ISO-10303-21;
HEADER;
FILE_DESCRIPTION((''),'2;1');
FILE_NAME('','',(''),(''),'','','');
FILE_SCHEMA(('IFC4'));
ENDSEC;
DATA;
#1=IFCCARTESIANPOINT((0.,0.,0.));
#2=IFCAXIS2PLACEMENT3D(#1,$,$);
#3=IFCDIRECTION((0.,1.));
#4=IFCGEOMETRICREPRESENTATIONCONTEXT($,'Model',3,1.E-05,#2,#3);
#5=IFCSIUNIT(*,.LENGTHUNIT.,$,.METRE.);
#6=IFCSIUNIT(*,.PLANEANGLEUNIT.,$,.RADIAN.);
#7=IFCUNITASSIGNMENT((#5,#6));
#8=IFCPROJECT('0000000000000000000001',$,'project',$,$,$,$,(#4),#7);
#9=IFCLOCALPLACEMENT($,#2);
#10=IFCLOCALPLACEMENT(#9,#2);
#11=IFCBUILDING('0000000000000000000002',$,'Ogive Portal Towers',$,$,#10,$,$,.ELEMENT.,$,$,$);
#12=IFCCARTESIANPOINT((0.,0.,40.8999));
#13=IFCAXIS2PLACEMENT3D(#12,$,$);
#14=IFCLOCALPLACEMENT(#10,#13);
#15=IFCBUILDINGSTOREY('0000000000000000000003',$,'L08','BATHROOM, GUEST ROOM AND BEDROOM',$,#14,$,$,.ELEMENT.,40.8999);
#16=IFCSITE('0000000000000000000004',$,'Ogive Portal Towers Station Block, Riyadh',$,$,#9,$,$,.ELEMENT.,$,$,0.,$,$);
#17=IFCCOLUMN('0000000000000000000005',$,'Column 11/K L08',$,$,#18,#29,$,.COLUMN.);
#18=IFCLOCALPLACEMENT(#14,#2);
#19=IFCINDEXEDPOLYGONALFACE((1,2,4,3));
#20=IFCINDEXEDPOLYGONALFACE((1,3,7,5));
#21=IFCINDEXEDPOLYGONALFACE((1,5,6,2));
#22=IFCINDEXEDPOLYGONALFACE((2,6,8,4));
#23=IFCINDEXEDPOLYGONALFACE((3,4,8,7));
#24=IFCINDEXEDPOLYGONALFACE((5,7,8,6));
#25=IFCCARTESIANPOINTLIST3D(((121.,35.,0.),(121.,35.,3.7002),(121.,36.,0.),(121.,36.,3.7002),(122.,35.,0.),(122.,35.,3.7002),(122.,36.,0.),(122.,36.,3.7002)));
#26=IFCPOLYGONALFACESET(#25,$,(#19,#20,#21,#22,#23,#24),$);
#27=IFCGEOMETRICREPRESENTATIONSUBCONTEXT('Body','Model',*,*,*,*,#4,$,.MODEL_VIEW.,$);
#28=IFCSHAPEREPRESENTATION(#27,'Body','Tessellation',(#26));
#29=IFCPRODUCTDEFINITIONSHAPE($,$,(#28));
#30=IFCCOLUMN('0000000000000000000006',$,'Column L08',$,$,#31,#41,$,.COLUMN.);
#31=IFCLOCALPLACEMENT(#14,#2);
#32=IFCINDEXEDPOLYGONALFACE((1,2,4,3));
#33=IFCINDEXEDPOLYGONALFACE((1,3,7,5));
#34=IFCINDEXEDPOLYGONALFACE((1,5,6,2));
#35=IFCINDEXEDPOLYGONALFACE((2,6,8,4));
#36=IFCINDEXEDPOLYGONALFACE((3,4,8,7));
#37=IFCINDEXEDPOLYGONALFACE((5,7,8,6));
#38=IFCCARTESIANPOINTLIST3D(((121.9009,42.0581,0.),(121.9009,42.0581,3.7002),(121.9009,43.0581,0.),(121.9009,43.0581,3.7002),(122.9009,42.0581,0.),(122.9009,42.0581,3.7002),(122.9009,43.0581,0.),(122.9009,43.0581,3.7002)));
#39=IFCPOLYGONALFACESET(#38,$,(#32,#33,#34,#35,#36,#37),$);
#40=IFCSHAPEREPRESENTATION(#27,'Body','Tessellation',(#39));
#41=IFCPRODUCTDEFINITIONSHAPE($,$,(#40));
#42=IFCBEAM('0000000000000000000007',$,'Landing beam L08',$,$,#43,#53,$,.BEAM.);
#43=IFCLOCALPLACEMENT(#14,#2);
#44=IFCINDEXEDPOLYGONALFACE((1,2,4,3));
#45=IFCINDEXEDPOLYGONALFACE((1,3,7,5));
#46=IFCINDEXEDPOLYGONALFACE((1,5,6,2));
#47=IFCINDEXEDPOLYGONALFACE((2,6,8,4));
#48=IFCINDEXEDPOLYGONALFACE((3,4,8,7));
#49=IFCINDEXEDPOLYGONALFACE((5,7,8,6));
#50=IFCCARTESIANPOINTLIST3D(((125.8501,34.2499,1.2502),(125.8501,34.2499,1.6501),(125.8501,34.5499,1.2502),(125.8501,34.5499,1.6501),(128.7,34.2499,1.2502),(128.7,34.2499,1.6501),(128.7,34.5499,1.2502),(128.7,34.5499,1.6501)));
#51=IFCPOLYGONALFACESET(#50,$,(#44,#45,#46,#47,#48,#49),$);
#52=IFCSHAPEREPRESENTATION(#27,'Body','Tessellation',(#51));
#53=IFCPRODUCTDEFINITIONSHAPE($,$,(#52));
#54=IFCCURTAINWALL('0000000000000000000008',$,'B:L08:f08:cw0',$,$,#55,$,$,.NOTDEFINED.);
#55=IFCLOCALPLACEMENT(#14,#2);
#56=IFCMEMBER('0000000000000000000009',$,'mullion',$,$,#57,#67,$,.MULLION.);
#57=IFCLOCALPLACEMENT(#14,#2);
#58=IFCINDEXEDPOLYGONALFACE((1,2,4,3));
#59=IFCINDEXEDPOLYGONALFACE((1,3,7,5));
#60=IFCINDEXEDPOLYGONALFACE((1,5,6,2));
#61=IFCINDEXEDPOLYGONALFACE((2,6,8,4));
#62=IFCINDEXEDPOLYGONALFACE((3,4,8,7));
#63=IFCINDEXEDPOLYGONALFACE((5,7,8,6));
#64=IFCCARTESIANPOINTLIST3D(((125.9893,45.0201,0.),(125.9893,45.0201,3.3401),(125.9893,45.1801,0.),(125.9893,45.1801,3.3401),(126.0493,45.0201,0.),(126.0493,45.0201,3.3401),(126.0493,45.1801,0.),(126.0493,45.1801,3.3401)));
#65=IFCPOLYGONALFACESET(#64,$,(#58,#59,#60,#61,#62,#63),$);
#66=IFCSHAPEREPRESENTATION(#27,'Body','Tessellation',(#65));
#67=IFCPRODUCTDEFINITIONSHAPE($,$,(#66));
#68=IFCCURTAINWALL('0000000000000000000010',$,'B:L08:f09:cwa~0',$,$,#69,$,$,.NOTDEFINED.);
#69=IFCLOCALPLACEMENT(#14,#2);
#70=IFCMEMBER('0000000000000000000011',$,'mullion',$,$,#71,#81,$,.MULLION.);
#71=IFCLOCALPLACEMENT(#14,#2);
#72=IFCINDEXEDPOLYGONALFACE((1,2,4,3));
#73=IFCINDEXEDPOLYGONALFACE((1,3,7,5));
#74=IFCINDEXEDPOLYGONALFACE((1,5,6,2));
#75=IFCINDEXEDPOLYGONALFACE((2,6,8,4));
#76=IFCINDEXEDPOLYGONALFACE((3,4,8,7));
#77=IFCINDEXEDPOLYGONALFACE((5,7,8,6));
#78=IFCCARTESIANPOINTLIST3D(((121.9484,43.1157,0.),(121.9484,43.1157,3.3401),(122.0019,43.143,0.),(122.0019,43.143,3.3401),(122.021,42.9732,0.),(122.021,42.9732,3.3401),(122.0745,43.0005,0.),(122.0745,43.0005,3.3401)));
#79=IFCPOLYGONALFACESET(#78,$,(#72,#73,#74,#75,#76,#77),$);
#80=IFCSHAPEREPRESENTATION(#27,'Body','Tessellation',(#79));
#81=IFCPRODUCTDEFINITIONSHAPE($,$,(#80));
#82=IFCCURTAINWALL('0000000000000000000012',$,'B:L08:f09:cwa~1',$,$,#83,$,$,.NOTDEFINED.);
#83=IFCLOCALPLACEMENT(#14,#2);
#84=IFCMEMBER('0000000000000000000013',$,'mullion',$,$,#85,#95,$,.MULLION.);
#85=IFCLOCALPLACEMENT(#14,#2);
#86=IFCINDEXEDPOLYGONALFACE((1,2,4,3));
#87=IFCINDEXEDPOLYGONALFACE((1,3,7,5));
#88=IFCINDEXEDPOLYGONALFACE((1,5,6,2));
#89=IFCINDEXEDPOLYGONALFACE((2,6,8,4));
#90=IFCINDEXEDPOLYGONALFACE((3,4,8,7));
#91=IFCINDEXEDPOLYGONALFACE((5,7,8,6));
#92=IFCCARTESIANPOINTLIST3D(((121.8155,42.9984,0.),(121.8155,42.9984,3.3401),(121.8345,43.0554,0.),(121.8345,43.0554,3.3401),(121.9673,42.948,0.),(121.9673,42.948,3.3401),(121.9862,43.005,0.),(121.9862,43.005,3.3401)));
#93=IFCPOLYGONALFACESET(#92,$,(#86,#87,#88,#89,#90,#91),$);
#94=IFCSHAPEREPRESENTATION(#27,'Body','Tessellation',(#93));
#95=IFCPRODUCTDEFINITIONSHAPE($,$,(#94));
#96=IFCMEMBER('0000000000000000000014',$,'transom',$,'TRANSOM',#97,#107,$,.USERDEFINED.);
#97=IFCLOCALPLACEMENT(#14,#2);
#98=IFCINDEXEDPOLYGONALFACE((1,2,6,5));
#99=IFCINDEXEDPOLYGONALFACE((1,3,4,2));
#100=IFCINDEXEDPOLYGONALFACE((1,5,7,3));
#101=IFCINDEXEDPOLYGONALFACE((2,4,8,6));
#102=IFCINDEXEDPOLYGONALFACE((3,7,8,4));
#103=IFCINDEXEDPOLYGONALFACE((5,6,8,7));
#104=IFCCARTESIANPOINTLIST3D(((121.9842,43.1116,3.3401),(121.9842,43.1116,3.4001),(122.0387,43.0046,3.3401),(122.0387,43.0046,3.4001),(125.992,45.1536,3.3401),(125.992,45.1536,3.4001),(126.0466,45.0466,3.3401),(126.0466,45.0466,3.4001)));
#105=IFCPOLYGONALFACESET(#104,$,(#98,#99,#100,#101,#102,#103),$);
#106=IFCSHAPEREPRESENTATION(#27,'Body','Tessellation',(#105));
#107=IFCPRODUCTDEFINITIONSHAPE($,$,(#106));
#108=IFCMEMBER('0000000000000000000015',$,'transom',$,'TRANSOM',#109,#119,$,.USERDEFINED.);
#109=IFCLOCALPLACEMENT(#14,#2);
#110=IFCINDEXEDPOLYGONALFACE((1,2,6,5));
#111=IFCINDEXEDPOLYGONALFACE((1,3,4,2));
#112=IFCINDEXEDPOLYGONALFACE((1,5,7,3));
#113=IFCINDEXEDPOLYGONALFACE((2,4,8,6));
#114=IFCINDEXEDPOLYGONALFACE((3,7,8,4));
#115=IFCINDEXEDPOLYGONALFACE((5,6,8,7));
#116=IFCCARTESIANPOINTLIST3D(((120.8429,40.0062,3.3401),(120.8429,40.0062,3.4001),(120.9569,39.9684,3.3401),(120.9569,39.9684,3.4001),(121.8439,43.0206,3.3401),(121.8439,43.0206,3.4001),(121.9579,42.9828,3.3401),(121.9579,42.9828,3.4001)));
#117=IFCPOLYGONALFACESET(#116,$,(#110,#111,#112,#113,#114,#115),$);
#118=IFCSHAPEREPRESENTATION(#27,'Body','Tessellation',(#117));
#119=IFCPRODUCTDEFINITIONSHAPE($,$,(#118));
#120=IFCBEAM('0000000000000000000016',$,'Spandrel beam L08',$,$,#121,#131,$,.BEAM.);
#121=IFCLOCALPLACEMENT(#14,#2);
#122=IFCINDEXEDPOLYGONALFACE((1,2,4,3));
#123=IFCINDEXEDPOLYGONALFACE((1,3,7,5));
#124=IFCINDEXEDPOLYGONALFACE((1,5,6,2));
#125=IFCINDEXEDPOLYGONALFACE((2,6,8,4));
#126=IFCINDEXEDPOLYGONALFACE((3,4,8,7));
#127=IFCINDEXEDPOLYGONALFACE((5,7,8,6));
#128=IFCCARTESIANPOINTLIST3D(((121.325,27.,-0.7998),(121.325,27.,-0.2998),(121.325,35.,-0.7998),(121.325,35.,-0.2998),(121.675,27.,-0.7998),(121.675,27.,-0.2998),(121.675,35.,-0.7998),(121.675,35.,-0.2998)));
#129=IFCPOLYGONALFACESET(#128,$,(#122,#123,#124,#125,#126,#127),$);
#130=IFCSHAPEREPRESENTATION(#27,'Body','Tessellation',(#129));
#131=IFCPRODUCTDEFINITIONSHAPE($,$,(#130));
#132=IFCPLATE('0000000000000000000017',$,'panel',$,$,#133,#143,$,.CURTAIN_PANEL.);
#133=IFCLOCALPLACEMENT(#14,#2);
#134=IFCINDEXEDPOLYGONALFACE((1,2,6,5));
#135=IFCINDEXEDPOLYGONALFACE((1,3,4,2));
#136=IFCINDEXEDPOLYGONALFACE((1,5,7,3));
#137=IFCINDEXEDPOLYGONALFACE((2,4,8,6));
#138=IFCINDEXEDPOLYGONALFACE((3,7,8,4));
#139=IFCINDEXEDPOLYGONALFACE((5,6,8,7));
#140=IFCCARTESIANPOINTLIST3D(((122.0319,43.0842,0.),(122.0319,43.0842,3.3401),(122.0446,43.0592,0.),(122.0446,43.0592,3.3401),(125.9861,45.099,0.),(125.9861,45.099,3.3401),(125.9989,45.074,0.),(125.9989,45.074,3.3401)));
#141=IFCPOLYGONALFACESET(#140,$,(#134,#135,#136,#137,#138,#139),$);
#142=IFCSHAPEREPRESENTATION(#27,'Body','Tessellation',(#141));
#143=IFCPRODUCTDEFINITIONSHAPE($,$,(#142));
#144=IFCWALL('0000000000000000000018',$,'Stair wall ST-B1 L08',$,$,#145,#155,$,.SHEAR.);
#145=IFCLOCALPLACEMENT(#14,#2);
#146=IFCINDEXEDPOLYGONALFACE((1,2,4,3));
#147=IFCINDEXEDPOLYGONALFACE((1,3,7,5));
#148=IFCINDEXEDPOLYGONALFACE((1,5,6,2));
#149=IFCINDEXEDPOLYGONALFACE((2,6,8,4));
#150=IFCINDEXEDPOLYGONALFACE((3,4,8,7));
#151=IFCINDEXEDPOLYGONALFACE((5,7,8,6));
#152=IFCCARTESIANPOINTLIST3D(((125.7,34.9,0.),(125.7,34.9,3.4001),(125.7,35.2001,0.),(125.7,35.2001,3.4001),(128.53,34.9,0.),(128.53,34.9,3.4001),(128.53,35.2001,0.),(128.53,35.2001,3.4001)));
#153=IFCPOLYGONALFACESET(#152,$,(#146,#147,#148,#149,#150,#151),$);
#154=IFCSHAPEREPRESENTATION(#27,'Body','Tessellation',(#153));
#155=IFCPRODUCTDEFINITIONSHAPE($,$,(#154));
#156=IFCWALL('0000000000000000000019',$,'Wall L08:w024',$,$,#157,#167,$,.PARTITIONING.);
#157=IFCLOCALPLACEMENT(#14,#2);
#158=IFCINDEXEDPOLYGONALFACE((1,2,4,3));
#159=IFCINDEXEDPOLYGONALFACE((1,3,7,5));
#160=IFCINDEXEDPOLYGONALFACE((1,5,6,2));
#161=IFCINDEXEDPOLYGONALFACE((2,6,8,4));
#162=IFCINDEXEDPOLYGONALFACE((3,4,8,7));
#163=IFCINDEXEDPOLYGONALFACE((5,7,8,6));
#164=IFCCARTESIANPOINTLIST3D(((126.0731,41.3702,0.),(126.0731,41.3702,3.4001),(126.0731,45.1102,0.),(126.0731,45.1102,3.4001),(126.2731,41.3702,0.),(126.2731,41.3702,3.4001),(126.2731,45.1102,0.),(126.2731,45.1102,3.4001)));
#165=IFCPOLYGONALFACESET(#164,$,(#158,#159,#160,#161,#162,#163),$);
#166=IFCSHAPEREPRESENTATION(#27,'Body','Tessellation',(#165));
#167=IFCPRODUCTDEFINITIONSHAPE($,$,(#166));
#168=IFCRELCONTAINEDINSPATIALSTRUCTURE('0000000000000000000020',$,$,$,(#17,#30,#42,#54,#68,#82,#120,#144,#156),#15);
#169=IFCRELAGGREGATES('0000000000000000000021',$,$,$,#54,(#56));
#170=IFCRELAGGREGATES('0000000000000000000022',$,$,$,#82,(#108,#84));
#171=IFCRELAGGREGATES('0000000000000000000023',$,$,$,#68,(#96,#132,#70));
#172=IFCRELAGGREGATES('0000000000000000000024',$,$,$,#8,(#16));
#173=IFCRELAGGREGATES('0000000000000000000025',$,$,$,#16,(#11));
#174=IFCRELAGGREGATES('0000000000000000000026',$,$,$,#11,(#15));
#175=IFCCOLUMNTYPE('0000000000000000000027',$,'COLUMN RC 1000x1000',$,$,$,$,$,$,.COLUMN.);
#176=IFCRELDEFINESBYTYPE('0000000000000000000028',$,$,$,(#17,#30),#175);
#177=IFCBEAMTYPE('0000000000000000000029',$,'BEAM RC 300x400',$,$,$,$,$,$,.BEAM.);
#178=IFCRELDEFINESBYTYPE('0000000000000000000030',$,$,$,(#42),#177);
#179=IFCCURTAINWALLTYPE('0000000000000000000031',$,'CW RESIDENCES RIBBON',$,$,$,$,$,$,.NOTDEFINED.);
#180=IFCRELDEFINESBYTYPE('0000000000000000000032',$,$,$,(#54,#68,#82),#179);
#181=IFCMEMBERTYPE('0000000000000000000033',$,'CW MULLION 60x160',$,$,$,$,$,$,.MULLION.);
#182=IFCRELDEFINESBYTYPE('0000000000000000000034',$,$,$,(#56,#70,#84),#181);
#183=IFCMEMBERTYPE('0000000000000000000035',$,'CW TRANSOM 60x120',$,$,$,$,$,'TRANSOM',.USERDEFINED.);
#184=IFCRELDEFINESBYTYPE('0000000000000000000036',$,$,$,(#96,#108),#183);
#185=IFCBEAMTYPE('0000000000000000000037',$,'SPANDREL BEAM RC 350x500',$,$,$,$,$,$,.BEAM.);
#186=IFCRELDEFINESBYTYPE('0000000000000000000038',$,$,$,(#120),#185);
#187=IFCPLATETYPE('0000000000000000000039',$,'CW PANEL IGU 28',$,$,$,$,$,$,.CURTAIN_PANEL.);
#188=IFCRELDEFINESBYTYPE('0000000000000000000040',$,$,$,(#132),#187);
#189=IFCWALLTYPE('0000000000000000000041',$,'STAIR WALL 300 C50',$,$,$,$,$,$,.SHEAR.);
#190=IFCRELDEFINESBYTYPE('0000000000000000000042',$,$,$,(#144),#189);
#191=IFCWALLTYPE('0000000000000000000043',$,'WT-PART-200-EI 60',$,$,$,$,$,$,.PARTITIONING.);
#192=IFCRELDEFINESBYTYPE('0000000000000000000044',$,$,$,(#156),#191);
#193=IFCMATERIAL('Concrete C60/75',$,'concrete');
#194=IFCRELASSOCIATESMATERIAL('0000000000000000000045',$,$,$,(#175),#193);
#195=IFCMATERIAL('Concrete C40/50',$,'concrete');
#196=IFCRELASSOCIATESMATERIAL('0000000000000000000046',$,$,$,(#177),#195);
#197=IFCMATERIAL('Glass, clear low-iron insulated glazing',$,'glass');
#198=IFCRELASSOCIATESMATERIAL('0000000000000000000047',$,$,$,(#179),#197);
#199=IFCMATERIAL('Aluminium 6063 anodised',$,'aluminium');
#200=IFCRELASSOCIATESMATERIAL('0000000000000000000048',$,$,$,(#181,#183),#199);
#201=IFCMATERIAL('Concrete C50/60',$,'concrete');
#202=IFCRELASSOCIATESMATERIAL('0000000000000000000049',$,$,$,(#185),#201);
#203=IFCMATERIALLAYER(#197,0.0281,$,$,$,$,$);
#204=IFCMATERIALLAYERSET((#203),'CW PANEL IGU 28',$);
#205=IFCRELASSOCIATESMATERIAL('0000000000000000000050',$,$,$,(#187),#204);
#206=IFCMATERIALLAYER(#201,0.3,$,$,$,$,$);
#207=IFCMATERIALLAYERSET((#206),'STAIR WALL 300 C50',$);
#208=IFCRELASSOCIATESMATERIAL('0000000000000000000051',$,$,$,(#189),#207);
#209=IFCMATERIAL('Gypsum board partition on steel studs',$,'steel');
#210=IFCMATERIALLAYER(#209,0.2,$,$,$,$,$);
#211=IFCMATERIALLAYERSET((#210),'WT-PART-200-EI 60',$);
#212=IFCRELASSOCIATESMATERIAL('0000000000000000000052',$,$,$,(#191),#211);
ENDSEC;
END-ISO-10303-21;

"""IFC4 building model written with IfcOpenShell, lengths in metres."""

from ifc_helpers import new_model, si_unit, direction, frame, frame_2d, origin, origin_2d, place, context, subcontext, project, spatial, rectangle, extrude, material, layer, layer_set, material_profile, profile_set, type_object, element, aggregate, save


model = new_model("IFC4")

# Units and contexts
model_context = context("Model", 3, precision=1e-05, world=origin(), true_north=direction((0.0, 1.0)))
body_context = subcontext(model_context, "Body", "Model", "MODEL_VIEW")
ifc_project = project(units=[si_unit("LENGTHUNIT", "METRE"), si_unit("PLANEANGLEUNIT", "RADIAN")], contexts=[model_context])

# Site, building, storey
site_placement = place(None, origin())
site = spatial("IfcSite", under=ifc_project, at=site_placement, Name="Ogive Portal Towers Station Block, Riyadh", CompositionType="ELEMENT", RefElevation=0.0)
building_placement = place(site_placement, origin())
building = spatial("IfcBuilding", under=site, at=building_placement, Name="Ogive Portal Towers", CompositionType="ELEMENT")
storey_placement = place(building_placement, frame((0.0, 0.0, 40.8999)))
storey = spatial("IfcBuildingStorey", under=building, at=storey_placement, Name="L08", Description="BATHROOM, GUEST ROOM AND BEDROOM", CompositionType="ELEMENT", Elevation=40.8999)

# Columns
ifc_material_1 = material(Name="Concrete C60/75", Category="concrete")
ifc_material_profile_1 = material_profile(ifc_material_1, rectangle(XDim=1.0, YDim=1.0, at=origin_2d()), Name="RC 1000x1000")
ifc_profile_set_1 = profile_set([ifc_material_profile_1], Name="Concrete C60/75")
column_type = type_object("IfcColumnType", Name="COLUMN RC 1000x1000", PredefinedType="COLUMN", material=ifc_profile_set_1)
for number, where, z_axis, x_axis, name in (
    (1, (121.5, 35.5, 0.0), (0.0, 0.0, 1.0), (1.0, 0.0, 0.0), "Column 11/K L08"),
    (2, (122.4009, 42.5581, 0.0), (0.0, 0.0, 1.0), (1.0, 0.0, 0.0), "Column L08"),
):
    element("IfcColumn", number, at=place(storey_placement, frame(where, z_axis=z_axis, x_axis=x_axis)), inside=storey, type_object=column_type, Name=name, PredefinedType="COLUMN", context=body_context, shape_type="SweptSolid", body=[
        extrude(rectangle(XDim=1.0, YDim=1.0, at=origin_2d()), origin(), (0.0, 0.0, 1.0), 3.7002),
    ])

# Beam
ifc_material_2 = material(Name="Concrete C40/50", Category="concrete")
ifc_material_profile_2 = material_profile(ifc_material_2, rectangle(XDim=0.3, YDim=0.3999, at=origin_2d()), Name="RC 300x400")
ifc_profile_set_2 = profile_set([ifc_material_profile_2], Name="Concrete C40/50")
beam_type_1 = type_object("IfcBeamType", Name="BEAM RC 300x400", PredefinedType="BEAM", material=ifc_profile_set_2)
beam_1_placement = place(storey_placement, frame((125.8501, 34.3999, 1.4502), z_axis=(1.0, 0.0, 0.0), x_axis=(0.0, 1.0, 0.0)))
element("IfcBeam", 3, at=beam_1_placement, inside=storey, type_object=beam_type_1, Name="Landing beam L08", PredefinedType="BEAM", context=body_context, shape_type="SweptSolid", body=[
    extrude(rectangle(XDim=0.3, YDim=0.3999, at=origin_2d()), origin(), (0.0, 0.0, 1.0), 2.8499),
])

# Curtain walls, members
ifc_material_3 = material(Name="Glass, clear low-iron insulated glazing", Category="glass")
curtain_wall_type = type_object("IfcCurtainWallType", Name="CW RESIDENCES RIBBON", PredefinedType="NOTDEFINED", material=ifc_material_3)
curtain_wall_1_placement = place(storey_placement, origin())
curtain_wall_1 = element("IfcCurtainWall", 4, at=curtain_wall_1_placement, inside=storey, type_object=curtain_wall_type, Name="B:L08:f08:cw0", PredefinedType="NOTDEFINED")
ifc_material_4 = material(Name="Aluminium 6063 anodised", Category="aluminium")
ifc_material_profile_3 = material_profile(ifc_material_4, rectangle(XDim=0.1599, YDim=0.0601, at=origin_2d()), Name="AL 60x160")
ifc_profile_set_3 = profile_set([ifc_material_profile_3], Name="Aluminium 6063 anodised")
member_type_1 = type_object("IfcMemberType", Name="CW MULLION 60x160", PredefinedType="MULLION", material=ifc_profile_set_3)
member_1_placement = place(storey_placement, frame((126.0193, 45.1001, 0.0), z_axis=(0.0, 0.0, 1.0), x_axis=(0.0, -1.0, 0.0)))
member_1 = element("IfcMember", 5, at=member_1_placement, type_object=member_type_1, Name="mullion", PredefinedType="MULLION", context=body_context, shape_type="SweptSolid", body=[
    extrude(rectangle(XDim=0.1599, YDim=0.0601, at=origin_2d()), origin(), (0.0, 0.0, 1.0), 3.3401),
])
aggregate(curtain_wall_1, [member_1])
curtain_wall_2_placement = place(storey_placement, origin())
curtain_wall_2 = element("IfcCurtainWall", 6, at=curtain_wall_2_placement, inside=storey, type_object=curtain_wall_type, Name="B:L08:f09:cwa~0", PredefinedType="NOTDEFINED")
member_2_placement = place(storey_placement, frame((122.0115, 43.0581, 0.0), z_axis=(0.0, 0.0, 1.0), x_axis=(0.45399, -0.891007, 0.0)))
member_2 = element("IfcMember", 7, at=member_2_placement, type_object=member_type_1, Name="mullion", PredefinedType="MULLION", context=body_context, shape_type="SweptSolid", body=[
    extrude(rectangle(XDim=0.1599, YDim=0.0601, at=origin_2d()), origin(), (0.0, 0.0, 1.0), 3.3401),
])
curtain_wall_3_placement = place(storey_placement, origin())
curtain_wall_3 = element("IfcCurtainWall", 8, at=curtain_wall_3_placement, inside=storey, type_object=curtain_wall_type, Name="B:L08:f09:cwa~1", PredefinedType="NOTDEFINED")
member_3_placement = place(storey_placement, frame((121.9009, 43.0017, 0.0), z_axis=(0.0, 0.0, 1.0), x_axis=(0.94904, -0.315156, 0.0)))
member_3 = element("IfcMember", 9, at=member_3_placement, type_object=member_type_1, Name="mullion", PredefinedType="MULLION", context=body_context, shape_type="SweptSolid", body=[
    extrude(rectangle(XDim=0.1599, YDim=0.0601, at=origin_2d()), origin(), (0.0, 0.0, 1.0), 3.3401),
])

# Members
ifc_material_profile_4 = material_profile(ifc_material_4, rectangle(XDim=0.1201, YDim=0.0601, at=origin_2d()), Name="AL 120x60")
ifc_profile_set_4 = profile_set([ifc_material_profile_4], Name="Aluminium 6063 anodised")
member_type_2 = type_object("IfcMemberType", Name="CW TRANSOM 60x120", ElementType="TRANSOM", PredefinedType="USERDEFINED", material=ifc_profile_set_4)
member_4_placement = place(storey_placement, frame((126.0193, 45.1001, 3.3701), z_axis=(-0.891015, -0.453975, 0.0), x_axis=(0.453975, -0.891015, 0.0)))
member_4 = element("IfcMember", 10, at=member_4_placement, type_object=member_type_2, Name="transom", ObjectType="TRANSOM", PredefinedType="USERDEFINED", context=body_context, shape_type="SweptSolid", body=[
    extrude(rectangle(XDim=0.1201, YDim=0.0601, at=origin_2d()), origin(), (0.0, 0.0, 1.0), 4.498),
])
member_5_placement = place(storey_placement, frame((121.9009, 43.0017, 3.3701), z_axis=(-0.315144, -0.949044, 0.0), x_axis=(0.949044, -0.315144, 0.0)))
member_5 = element("IfcMember", 11, at=member_5_placement, type_object=member_type_2, Name="transom", ObjectType="TRANSOM", PredefinedType="USERDEFINED", context=body_context, shape_type="SweptSolid", body=[
    extrude(rectangle(XDim=0.1201, YDim=0.0601, at=origin_2d()), origin(), (0.0, 0.0, 1.0), 3.1763),
])
aggregate(curtain_wall_3, [member_5, member_3])

# Beam
ifc_material_5 = material(Name="Concrete C50/60", Category="concrete")
ifc_material_profile_5 = material_profile(ifc_material_5, rectangle(XDim=0.3501, YDim=0.5, at=origin_2d()), Name="RC 350x500")
ifc_profile_set_5 = profile_set([ifc_material_profile_5], Name="Concrete C50/60")
beam_type_2 = type_object("IfcBeamType", Name="SPANDREL BEAM RC 350x500", PredefinedType="BEAM", material=ifc_profile_set_5)
beam_2_placement = place(storey_placement, frame((121.5, 35.0, -0.5498), z_axis=(0.0, -1.0, 0.0), x_axis=(1.0, 0.0, 0.0)))
element("IfcBeam", 12, at=beam_2_placement, inside=storey, type_object=beam_type_2, Name="Spandrel beam L08", PredefinedType="BEAM", context=body_context, shape_type="SweptSolid", body=[
    extrude(rectangle(XDim=0.3501, YDim=0.5, at=origin_2d()), origin(), (0.0, 0.0, 1.0), 8.0),
])

# Plate
ifc_layer_1 = layer(ifc_material_3, 0.0281)
ifc_layer_set_1 = layer_set([ifc_layer_1], Name="CW PANEL IGU 28")
plate_type = type_object("IfcPlateType", Name="CW PANEL IGU 28", PredefinedType="CURTAIN_PANEL", material=ifc_layer_set_1)
plate_placement = place(storey_placement, frame((124.0154, 44.0791, 0.0), z_axis=(0.0, 0.0, 1.0), x_axis=(-0.891007, -0.45399, 0.0)))
plate = element("IfcPlate", 13, at=plate_placement, type_object=plate_type, Name="panel", PredefinedType="CURTAIN_PANEL", context=body_context, shape_type="SweptSolid", body=[
    extrude(rectangle(XDim=4.438, YDim=0.0281, at=origin_2d()), origin(), (0.0, 0.0, 1.0), 3.3401),
])
aggregate(curtain_wall_2, [member_4, plate, member_2])

# Walls
ifc_layer_2 = layer(ifc_material_5, 0.3)
ifc_layer_set_2 = layer_set([ifc_layer_2], Name="STAIR WALL 300 C50")
wall_type_1 = type_object("IfcWallType", Name="STAIR WALL 300 C50", PredefinedType="SHEAR", material=ifc_layer_set_2)
wall_1_placement = place(storey_placement, frame((125.7, 35.05, 0.0), z_axis=(0.0, 0.0, 1.0), x_axis=(1.0, 0.0, 0.0)))
element("IfcWall", 14, at=wall_1_placement, inside=storey, type_object=wall_type_1, Name="Stair wall ST-B1 L08", PredefinedType="SHEAR", context=body_context, shape_type="SweptSolid", body=[
    extrude(rectangle(XDim=2.8301, YDim=0.3, at=frame_2d((1.415, 0.0))), origin(), (0.0, 0.0, 1.0), 3.4001),
])
ifc_material_6 = material(Name="Gypsum board partition on steel studs", Category="steel")
ifc_layer_3 = layer(ifc_material_6, 0.2)
ifc_layer_set_3 = layer_set([ifc_layer_3], Name="WT-PART-200-EI 60")
wall_type_2 = type_object("IfcWallType", Name="WT-PART-200-EI 60", PredefinedType="PARTITIONING", material=ifc_layer_set_3)
wall_2_placement = place(storey_placement, frame((126.1731, 41.3701, 0.0), z_axis=(0.0, 0.0, 1.0), x_axis=(0.0, 1.0, 0.0)))
element("IfcWall", 15, at=wall_2_placement, inside=storey, type_object=wall_type_2, Name="Wall L08:w024", PredefinedType="PARTITIONING", context=body_context, shape_type="SweptSolid", body=[
    extrude(rectangle(XDim=3.74, YDim=0.2, at=frame_2d((1.8701, 0.0))), origin(), (0.0, 0.0, 1.0), 3.4001),
])

save(model, "model.ifc")
